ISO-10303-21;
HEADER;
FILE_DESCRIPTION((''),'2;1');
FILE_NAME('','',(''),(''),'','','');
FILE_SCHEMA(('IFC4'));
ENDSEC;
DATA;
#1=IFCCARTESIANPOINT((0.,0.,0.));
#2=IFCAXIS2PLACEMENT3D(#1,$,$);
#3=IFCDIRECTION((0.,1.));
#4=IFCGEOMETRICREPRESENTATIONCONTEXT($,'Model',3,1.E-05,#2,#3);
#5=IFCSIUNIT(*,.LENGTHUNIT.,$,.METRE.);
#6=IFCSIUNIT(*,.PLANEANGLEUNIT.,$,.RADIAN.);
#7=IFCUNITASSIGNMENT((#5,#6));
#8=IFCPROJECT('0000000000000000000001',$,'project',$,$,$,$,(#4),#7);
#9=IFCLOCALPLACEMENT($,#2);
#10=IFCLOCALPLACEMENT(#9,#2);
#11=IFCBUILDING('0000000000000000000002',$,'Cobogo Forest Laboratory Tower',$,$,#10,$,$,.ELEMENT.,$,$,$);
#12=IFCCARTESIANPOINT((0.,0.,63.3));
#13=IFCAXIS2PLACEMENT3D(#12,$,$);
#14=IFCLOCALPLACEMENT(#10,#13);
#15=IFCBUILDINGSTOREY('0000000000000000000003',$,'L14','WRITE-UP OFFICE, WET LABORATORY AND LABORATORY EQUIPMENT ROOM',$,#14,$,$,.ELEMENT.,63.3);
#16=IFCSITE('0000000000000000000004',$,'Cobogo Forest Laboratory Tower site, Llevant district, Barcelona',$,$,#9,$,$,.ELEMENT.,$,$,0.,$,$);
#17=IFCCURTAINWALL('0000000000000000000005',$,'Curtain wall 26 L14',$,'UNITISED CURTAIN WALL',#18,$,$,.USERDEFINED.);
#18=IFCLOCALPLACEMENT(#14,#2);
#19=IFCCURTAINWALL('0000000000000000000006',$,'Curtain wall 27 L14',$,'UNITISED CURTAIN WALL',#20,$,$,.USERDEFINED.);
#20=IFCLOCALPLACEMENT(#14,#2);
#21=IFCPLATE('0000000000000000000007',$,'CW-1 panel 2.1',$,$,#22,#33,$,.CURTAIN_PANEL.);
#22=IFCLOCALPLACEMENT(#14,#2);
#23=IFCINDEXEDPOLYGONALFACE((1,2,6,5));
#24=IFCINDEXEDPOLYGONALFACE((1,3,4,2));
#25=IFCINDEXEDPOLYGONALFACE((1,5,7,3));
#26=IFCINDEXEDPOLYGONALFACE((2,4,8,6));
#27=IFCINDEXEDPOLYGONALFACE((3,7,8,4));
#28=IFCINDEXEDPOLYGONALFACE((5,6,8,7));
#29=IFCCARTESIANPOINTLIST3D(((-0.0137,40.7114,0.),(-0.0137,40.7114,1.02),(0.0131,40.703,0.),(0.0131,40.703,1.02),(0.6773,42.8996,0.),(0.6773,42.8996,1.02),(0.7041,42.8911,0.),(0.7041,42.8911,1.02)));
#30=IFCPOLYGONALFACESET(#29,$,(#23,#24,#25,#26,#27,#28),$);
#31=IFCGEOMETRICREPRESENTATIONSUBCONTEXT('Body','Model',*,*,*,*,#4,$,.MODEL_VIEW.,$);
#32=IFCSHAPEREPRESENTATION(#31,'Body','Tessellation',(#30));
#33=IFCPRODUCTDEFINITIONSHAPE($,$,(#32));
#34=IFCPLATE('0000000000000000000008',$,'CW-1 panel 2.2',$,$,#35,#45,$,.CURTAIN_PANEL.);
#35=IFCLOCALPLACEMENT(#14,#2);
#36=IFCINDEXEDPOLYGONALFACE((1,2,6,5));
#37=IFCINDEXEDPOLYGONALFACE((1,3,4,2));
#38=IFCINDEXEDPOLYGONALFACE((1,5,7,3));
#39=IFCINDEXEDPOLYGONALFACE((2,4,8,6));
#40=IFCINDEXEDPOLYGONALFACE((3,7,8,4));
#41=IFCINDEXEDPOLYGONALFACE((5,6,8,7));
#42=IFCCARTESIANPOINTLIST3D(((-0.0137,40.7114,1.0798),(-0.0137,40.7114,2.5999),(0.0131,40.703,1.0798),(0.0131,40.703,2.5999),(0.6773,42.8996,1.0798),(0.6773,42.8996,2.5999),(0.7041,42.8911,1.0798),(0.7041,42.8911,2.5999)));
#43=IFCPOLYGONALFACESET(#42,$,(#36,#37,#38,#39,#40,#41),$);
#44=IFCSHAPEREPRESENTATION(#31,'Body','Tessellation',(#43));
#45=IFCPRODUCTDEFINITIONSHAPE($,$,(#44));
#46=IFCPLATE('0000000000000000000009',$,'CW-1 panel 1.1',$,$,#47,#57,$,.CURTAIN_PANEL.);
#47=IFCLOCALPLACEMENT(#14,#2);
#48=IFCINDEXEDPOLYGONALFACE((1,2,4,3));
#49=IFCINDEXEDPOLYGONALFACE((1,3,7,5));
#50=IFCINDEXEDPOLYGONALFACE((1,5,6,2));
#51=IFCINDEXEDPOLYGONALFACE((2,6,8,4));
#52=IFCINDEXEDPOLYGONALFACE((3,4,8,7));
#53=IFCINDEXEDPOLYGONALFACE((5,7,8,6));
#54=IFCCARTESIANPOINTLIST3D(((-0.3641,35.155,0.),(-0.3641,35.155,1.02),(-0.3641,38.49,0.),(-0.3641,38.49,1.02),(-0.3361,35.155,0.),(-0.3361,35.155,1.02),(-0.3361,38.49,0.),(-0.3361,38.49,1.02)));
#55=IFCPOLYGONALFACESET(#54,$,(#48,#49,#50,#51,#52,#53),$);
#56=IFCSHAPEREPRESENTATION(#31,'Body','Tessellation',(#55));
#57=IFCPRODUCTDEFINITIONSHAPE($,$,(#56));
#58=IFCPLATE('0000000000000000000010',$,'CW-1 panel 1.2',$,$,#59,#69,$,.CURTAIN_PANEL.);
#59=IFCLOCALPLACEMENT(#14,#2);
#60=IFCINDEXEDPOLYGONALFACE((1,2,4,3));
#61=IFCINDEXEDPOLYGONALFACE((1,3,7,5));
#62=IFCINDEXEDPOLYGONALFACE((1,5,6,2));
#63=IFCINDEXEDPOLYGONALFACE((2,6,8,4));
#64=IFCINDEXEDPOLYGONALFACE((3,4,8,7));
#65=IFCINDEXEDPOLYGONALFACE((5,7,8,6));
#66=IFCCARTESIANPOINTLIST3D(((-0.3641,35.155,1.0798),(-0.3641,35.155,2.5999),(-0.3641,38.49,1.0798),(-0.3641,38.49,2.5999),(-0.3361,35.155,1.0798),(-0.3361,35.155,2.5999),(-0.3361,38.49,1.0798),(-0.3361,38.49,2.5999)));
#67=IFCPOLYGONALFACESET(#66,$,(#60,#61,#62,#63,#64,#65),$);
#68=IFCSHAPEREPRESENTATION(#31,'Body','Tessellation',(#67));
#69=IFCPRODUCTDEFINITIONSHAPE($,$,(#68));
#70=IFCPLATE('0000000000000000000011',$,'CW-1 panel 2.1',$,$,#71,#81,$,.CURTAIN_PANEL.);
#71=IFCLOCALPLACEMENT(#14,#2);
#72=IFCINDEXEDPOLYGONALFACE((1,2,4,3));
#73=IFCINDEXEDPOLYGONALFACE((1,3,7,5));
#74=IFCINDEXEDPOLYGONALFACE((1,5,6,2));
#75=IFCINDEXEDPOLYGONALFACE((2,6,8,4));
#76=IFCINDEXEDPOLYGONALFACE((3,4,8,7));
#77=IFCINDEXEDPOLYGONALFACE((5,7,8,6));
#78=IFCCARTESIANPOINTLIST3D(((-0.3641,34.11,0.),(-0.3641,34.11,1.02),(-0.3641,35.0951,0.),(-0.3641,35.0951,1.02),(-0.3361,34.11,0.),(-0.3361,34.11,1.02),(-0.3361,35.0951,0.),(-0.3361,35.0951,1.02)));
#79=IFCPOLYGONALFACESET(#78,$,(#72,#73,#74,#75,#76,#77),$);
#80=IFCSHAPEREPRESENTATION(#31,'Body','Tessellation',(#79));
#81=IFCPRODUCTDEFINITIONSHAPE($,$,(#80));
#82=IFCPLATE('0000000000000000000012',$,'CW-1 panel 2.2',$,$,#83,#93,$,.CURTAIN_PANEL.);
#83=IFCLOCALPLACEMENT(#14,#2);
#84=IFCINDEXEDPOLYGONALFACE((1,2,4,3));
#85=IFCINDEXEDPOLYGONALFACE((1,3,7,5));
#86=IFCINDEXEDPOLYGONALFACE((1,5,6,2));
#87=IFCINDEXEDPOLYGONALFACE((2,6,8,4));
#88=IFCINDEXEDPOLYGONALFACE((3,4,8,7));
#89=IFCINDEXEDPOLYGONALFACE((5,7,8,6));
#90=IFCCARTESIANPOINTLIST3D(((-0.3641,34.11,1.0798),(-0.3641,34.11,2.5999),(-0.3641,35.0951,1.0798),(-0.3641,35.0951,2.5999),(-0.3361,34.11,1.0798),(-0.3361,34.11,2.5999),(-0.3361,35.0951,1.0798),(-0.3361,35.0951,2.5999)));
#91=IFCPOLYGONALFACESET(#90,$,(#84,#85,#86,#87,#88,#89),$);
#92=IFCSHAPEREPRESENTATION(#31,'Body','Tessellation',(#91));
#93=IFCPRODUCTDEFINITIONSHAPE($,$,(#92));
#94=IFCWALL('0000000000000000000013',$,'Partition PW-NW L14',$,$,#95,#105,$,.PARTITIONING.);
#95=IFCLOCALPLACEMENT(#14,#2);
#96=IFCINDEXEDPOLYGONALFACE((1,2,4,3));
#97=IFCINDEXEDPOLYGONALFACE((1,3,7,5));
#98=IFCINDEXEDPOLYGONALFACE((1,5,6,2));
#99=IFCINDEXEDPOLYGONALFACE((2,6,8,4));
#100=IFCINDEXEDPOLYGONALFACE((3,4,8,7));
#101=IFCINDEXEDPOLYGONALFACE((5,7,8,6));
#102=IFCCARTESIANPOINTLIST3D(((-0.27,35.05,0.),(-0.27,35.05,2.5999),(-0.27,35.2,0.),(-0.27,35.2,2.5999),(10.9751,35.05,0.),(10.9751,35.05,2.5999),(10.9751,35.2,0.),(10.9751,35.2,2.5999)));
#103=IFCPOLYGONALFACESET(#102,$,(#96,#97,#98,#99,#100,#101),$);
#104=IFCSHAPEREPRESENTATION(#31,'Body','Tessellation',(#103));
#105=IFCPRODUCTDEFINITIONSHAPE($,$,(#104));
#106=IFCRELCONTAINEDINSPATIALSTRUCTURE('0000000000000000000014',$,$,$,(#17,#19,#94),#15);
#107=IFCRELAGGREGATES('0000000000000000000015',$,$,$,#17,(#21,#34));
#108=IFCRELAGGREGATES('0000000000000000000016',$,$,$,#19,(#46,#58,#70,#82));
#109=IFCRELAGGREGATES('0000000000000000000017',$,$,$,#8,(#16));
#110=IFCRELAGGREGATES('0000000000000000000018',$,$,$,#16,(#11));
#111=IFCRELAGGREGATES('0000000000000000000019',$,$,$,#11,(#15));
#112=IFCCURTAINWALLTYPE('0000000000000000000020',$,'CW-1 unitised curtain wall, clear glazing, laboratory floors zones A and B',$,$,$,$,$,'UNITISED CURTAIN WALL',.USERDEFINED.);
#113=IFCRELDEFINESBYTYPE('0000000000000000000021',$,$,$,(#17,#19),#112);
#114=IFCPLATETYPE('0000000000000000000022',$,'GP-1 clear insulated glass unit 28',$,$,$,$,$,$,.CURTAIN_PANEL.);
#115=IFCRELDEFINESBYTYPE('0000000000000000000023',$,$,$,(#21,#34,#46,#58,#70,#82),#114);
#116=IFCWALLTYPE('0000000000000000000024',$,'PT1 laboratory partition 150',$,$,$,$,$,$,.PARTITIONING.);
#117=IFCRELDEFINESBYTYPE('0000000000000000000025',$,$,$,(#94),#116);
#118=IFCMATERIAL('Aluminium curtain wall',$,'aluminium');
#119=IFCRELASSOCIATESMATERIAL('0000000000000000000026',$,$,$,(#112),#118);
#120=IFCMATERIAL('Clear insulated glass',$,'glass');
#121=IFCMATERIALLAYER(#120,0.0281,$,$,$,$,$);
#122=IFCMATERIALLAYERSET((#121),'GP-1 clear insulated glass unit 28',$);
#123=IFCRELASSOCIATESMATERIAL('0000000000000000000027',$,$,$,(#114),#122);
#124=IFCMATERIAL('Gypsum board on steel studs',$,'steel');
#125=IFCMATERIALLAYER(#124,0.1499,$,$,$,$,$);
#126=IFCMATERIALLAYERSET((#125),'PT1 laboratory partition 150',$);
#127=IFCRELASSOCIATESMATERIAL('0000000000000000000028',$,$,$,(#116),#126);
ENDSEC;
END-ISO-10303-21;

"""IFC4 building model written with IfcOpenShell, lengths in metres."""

from ifc_helpers import new_model, si_unit, direction, frame, frame_2d, origin, origin_2d, place, context, subcontext, project, spatial, rectangle, extrude, material, layer, layer_set, type_object, element, aggregate, save


model = new_model("IFC4")

# Units and contexts
model_context = context("Model", 3, precision=1e-05, world=origin(), true_north=direction((0.0, 1.0)))
body_context = subcontext(model_context, "Body", "Model", "MODEL_VIEW")
ifc_project = project(units=[si_unit("LENGTHUNIT", "METRE"), si_unit("PLANEANGLEUNIT", "RADIAN")], contexts=[model_context])

# Site, building, storey
site_placement = place(None, origin())
site = spatial("IfcSite", under=ifc_project, at=site_placement, Name="Cobogo Forest Laboratory Tower site, Llevant district, Barcelona", CompositionType="ELEMENT", RefElevation=0.0)
building_placement = place(site_placement, origin())
building = spatial("IfcBuilding", under=site, at=building_placement, Name="Cobogo Forest Laboratory Tower", CompositionType="ELEMENT")
storey_placement = place(building_placement, frame((0.0, 0.0, 63.3)))
storey = spatial("IfcBuildingStorey", under=building, at=storey_placement, Name="L14", Description="WRITE-UP OFFICE, WET LABORATORY AND LABORATORY EQUIPMENT ROOM", CompositionType="ELEMENT", Elevation=63.3)

# Shared definitions
ifc_material_1 = material(Name="Aluminium curtain wall", Category="aluminium")
curtain_wall_type = type_object("IfcCurtainWallType", Name="CW-1 unitised curtain wall, clear glazing, laboratory floors zones A and B", ElementType="UNITISED CURTAIN WALL", PredefinedType="USERDEFINED", material=ifc_material_1)

# Curtain walls
curtain_wall_1_placement = place(storey_placement, origin())
curtain_wall_1 = element("IfcCurtainWall", 1, at=curtain_wall_1_placement, inside=storey, type_object=curtain_wall_type, Name="Curtain wall 26 L14", ObjectType="UNITISED CURTAIN WALL", PredefinedType="USERDEFINED")
curtain_wall_2_placement = place(storey_placement, origin())
curtain_wall_2 = element("IfcCurtainWall", 2, at=curtain_wall_2_placement, inside=storey, type_object=curtain_wall_type, Name="Curtain wall 27 L14", ObjectType="UNITISED CURTAIN WALL", PredefinedType="USERDEFINED")

# Plates
ifc_material_2 = material(Name="Clear insulated glass", Category="glass")
ifc_layer_1 = layer(ifc_material_2, 0.0281)
ifc_layer_set_1 = layer_set([ifc_layer_1], Name="GP-1 clear insulated glass unit 28")
plate_type_1 = type_object("IfcPlateType", Name="GP-1 clear insulated glass unit 28", PredefinedType="CURTAIN_PANEL", material=ifc_layer_set_1)
plate_1_placement = place(storey_placement, frame((0.3452, 41.8013, 0.0), z_axis=(0.0, 0.0, 1.0), x_axis=(-0.301135, -0.953581, 0.0)))
plate_1 = element("IfcPlate", 3, at=plate_1_placement, type_object=plate_type_1, Name="CW-1 panel 2.1", PredefinedType="CURTAIN_PANEL", context=body_context, shape_type="SweptSolid", body=[
    extrude(rectangle(XDim=2.2947, YDim=0.0281, at=origin_2d()), origin(), (0.0, 0.0, 1.0), 1.02),
])
plate_2_placement = place(storey_placement, frame((0.3452, 41.8013, 1.0798), z_axis=(0.0, 0.0, 1.0), x_axis=(-0.301135, -0.953581, 0.0)))
plate_2 = element("IfcPlate", 4, at=plate_2_placement, type_object=plate_type_1, Name="CW-1 panel 2.2", PredefinedType="CURTAIN_PANEL", context=body_context, shape_type="SweptSolid", body=[
    extrude(rectangle(XDim=2.2947, YDim=0.0281, at=origin_2d()), origin(), (0.0, 0.0, 1.0), 1.52),
])
aggregate(curtain_wall_1, [plate_1, plate_2])
plate_3_placement = place(storey_placement, frame((-0.3501, 36.8225, 0.0), z_axis=(0.0, 0.0, 1.0), x_axis=(0.0, -1.0, 0.0)))
plate_3 = element("IfcPlate", 5, at=plate_3_placement, type_object=plate_type_1, Name="CW-1 panel 1.1", PredefinedType="CURTAIN_PANEL", context=body_context, shape_type="SweptSolid", body=[
    extrude(rectangle(XDim=3.335, YDim=0.0281, at=origin_2d()), origin(), (0.0, 0.0, 1.0), 1.02),
])
plate_4_placement = place(storey_placement, frame((-0.3501, 36.8225, 1.0798), z_axis=(0.0, 0.0, 1.0), x_axis=(0.0, -1.0, 0.0)))
plate_4 = element("IfcPlate", 6, at=plate_4_placement, type_object=plate_type_1, Name="CW-1 panel 1.2", PredefinedType="CURTAIN_PANEL", context=body_context, shape_type="SweptSolid", body=[
    extrude(rectangle(XDim=3.335, YDim=0.0281, at=origin_2d()), origin(), (0.0, 0.0, 1.0), 1.52),
])
plate_5_placement = place(storey_placement, frame((-0.3501, 34.6025, 0.0), z_axis=(0.0, 0.0, 1.0), x_axis=(0.0, -1.0, 0.0)))
plate_5 = element("IfcPlate", 7, at=plate_5_placement, type_object=plate_type_1, Name="CW-1 panel 2.1", PredefinedType="CURTAIN_PANEL", context=body_context, shape_type="SweptSolid", body=[
    extrude(rectangle(XDim=0.9851, YDim=0.0281, at=origin_2d()), origin(), (0.0, 0.0, 1.0), 1.02),
])
plate_6_placement = place(storey_placement, frame((-0.3501, 34.6025, 1.0798), z_axis=(0.0, 0.0, 1.0), x_axis=(0.0, -1.0, 0.0)))
plate_6 = element("IfcPlate", 8, at=plate_6_placement, type_object=plate_type_1, Name="CW-1 panel 2.2", PredefinedType="CURTAIN_PANEL", context=body_context, shape_type="SweptSolid", body=[
    extrude(rectangle(XDim=0.9851, YDim=0.0281, at=origin_2d()), origin(), (0.0, 0.0, 1.0), 1.52),
])
aggregate(curtain_wall_2, [plate_3, plate_4, plate_5, plate_6])

# Wall
ifc_material_3 = material(Name="Gypsum board on steel studs", Category="steel")
ifc_layer_2 = layer(ifc_material_3, 0.1499)
ifc_layer_set_2 = layer_set([ifc_layer_2], Name="PT1 laboratory partition 150")
wall_type = type_object("IfcWallType", Name="PT1 laboratory partition 150", PredefinedType="PARTITIONING", material=ifc_layer_set_2)
wall_placement = place(storey_placement, frame((-0.27, 35.125, 0.0), z_axis=(0.0, 0.0, 1.0), x_axis=(1.0, 0.0, 0.0)))
element("IfcWall", 9, at=wall_placement, inside=storey, type_object=wall_type, Name="Partition PW-NW L14", PredefinedType="PARTITIONING", context=body_context, shape_type="SweptSolid", body=[
    extrude(rectangle(XDim=11.2451, YDim=0.1499, at=frame_2d((5.6226, 0.0))), origin(), (0.0, 0.0, 1.0), 2.5999),
])

save(model, "model.ifc")
